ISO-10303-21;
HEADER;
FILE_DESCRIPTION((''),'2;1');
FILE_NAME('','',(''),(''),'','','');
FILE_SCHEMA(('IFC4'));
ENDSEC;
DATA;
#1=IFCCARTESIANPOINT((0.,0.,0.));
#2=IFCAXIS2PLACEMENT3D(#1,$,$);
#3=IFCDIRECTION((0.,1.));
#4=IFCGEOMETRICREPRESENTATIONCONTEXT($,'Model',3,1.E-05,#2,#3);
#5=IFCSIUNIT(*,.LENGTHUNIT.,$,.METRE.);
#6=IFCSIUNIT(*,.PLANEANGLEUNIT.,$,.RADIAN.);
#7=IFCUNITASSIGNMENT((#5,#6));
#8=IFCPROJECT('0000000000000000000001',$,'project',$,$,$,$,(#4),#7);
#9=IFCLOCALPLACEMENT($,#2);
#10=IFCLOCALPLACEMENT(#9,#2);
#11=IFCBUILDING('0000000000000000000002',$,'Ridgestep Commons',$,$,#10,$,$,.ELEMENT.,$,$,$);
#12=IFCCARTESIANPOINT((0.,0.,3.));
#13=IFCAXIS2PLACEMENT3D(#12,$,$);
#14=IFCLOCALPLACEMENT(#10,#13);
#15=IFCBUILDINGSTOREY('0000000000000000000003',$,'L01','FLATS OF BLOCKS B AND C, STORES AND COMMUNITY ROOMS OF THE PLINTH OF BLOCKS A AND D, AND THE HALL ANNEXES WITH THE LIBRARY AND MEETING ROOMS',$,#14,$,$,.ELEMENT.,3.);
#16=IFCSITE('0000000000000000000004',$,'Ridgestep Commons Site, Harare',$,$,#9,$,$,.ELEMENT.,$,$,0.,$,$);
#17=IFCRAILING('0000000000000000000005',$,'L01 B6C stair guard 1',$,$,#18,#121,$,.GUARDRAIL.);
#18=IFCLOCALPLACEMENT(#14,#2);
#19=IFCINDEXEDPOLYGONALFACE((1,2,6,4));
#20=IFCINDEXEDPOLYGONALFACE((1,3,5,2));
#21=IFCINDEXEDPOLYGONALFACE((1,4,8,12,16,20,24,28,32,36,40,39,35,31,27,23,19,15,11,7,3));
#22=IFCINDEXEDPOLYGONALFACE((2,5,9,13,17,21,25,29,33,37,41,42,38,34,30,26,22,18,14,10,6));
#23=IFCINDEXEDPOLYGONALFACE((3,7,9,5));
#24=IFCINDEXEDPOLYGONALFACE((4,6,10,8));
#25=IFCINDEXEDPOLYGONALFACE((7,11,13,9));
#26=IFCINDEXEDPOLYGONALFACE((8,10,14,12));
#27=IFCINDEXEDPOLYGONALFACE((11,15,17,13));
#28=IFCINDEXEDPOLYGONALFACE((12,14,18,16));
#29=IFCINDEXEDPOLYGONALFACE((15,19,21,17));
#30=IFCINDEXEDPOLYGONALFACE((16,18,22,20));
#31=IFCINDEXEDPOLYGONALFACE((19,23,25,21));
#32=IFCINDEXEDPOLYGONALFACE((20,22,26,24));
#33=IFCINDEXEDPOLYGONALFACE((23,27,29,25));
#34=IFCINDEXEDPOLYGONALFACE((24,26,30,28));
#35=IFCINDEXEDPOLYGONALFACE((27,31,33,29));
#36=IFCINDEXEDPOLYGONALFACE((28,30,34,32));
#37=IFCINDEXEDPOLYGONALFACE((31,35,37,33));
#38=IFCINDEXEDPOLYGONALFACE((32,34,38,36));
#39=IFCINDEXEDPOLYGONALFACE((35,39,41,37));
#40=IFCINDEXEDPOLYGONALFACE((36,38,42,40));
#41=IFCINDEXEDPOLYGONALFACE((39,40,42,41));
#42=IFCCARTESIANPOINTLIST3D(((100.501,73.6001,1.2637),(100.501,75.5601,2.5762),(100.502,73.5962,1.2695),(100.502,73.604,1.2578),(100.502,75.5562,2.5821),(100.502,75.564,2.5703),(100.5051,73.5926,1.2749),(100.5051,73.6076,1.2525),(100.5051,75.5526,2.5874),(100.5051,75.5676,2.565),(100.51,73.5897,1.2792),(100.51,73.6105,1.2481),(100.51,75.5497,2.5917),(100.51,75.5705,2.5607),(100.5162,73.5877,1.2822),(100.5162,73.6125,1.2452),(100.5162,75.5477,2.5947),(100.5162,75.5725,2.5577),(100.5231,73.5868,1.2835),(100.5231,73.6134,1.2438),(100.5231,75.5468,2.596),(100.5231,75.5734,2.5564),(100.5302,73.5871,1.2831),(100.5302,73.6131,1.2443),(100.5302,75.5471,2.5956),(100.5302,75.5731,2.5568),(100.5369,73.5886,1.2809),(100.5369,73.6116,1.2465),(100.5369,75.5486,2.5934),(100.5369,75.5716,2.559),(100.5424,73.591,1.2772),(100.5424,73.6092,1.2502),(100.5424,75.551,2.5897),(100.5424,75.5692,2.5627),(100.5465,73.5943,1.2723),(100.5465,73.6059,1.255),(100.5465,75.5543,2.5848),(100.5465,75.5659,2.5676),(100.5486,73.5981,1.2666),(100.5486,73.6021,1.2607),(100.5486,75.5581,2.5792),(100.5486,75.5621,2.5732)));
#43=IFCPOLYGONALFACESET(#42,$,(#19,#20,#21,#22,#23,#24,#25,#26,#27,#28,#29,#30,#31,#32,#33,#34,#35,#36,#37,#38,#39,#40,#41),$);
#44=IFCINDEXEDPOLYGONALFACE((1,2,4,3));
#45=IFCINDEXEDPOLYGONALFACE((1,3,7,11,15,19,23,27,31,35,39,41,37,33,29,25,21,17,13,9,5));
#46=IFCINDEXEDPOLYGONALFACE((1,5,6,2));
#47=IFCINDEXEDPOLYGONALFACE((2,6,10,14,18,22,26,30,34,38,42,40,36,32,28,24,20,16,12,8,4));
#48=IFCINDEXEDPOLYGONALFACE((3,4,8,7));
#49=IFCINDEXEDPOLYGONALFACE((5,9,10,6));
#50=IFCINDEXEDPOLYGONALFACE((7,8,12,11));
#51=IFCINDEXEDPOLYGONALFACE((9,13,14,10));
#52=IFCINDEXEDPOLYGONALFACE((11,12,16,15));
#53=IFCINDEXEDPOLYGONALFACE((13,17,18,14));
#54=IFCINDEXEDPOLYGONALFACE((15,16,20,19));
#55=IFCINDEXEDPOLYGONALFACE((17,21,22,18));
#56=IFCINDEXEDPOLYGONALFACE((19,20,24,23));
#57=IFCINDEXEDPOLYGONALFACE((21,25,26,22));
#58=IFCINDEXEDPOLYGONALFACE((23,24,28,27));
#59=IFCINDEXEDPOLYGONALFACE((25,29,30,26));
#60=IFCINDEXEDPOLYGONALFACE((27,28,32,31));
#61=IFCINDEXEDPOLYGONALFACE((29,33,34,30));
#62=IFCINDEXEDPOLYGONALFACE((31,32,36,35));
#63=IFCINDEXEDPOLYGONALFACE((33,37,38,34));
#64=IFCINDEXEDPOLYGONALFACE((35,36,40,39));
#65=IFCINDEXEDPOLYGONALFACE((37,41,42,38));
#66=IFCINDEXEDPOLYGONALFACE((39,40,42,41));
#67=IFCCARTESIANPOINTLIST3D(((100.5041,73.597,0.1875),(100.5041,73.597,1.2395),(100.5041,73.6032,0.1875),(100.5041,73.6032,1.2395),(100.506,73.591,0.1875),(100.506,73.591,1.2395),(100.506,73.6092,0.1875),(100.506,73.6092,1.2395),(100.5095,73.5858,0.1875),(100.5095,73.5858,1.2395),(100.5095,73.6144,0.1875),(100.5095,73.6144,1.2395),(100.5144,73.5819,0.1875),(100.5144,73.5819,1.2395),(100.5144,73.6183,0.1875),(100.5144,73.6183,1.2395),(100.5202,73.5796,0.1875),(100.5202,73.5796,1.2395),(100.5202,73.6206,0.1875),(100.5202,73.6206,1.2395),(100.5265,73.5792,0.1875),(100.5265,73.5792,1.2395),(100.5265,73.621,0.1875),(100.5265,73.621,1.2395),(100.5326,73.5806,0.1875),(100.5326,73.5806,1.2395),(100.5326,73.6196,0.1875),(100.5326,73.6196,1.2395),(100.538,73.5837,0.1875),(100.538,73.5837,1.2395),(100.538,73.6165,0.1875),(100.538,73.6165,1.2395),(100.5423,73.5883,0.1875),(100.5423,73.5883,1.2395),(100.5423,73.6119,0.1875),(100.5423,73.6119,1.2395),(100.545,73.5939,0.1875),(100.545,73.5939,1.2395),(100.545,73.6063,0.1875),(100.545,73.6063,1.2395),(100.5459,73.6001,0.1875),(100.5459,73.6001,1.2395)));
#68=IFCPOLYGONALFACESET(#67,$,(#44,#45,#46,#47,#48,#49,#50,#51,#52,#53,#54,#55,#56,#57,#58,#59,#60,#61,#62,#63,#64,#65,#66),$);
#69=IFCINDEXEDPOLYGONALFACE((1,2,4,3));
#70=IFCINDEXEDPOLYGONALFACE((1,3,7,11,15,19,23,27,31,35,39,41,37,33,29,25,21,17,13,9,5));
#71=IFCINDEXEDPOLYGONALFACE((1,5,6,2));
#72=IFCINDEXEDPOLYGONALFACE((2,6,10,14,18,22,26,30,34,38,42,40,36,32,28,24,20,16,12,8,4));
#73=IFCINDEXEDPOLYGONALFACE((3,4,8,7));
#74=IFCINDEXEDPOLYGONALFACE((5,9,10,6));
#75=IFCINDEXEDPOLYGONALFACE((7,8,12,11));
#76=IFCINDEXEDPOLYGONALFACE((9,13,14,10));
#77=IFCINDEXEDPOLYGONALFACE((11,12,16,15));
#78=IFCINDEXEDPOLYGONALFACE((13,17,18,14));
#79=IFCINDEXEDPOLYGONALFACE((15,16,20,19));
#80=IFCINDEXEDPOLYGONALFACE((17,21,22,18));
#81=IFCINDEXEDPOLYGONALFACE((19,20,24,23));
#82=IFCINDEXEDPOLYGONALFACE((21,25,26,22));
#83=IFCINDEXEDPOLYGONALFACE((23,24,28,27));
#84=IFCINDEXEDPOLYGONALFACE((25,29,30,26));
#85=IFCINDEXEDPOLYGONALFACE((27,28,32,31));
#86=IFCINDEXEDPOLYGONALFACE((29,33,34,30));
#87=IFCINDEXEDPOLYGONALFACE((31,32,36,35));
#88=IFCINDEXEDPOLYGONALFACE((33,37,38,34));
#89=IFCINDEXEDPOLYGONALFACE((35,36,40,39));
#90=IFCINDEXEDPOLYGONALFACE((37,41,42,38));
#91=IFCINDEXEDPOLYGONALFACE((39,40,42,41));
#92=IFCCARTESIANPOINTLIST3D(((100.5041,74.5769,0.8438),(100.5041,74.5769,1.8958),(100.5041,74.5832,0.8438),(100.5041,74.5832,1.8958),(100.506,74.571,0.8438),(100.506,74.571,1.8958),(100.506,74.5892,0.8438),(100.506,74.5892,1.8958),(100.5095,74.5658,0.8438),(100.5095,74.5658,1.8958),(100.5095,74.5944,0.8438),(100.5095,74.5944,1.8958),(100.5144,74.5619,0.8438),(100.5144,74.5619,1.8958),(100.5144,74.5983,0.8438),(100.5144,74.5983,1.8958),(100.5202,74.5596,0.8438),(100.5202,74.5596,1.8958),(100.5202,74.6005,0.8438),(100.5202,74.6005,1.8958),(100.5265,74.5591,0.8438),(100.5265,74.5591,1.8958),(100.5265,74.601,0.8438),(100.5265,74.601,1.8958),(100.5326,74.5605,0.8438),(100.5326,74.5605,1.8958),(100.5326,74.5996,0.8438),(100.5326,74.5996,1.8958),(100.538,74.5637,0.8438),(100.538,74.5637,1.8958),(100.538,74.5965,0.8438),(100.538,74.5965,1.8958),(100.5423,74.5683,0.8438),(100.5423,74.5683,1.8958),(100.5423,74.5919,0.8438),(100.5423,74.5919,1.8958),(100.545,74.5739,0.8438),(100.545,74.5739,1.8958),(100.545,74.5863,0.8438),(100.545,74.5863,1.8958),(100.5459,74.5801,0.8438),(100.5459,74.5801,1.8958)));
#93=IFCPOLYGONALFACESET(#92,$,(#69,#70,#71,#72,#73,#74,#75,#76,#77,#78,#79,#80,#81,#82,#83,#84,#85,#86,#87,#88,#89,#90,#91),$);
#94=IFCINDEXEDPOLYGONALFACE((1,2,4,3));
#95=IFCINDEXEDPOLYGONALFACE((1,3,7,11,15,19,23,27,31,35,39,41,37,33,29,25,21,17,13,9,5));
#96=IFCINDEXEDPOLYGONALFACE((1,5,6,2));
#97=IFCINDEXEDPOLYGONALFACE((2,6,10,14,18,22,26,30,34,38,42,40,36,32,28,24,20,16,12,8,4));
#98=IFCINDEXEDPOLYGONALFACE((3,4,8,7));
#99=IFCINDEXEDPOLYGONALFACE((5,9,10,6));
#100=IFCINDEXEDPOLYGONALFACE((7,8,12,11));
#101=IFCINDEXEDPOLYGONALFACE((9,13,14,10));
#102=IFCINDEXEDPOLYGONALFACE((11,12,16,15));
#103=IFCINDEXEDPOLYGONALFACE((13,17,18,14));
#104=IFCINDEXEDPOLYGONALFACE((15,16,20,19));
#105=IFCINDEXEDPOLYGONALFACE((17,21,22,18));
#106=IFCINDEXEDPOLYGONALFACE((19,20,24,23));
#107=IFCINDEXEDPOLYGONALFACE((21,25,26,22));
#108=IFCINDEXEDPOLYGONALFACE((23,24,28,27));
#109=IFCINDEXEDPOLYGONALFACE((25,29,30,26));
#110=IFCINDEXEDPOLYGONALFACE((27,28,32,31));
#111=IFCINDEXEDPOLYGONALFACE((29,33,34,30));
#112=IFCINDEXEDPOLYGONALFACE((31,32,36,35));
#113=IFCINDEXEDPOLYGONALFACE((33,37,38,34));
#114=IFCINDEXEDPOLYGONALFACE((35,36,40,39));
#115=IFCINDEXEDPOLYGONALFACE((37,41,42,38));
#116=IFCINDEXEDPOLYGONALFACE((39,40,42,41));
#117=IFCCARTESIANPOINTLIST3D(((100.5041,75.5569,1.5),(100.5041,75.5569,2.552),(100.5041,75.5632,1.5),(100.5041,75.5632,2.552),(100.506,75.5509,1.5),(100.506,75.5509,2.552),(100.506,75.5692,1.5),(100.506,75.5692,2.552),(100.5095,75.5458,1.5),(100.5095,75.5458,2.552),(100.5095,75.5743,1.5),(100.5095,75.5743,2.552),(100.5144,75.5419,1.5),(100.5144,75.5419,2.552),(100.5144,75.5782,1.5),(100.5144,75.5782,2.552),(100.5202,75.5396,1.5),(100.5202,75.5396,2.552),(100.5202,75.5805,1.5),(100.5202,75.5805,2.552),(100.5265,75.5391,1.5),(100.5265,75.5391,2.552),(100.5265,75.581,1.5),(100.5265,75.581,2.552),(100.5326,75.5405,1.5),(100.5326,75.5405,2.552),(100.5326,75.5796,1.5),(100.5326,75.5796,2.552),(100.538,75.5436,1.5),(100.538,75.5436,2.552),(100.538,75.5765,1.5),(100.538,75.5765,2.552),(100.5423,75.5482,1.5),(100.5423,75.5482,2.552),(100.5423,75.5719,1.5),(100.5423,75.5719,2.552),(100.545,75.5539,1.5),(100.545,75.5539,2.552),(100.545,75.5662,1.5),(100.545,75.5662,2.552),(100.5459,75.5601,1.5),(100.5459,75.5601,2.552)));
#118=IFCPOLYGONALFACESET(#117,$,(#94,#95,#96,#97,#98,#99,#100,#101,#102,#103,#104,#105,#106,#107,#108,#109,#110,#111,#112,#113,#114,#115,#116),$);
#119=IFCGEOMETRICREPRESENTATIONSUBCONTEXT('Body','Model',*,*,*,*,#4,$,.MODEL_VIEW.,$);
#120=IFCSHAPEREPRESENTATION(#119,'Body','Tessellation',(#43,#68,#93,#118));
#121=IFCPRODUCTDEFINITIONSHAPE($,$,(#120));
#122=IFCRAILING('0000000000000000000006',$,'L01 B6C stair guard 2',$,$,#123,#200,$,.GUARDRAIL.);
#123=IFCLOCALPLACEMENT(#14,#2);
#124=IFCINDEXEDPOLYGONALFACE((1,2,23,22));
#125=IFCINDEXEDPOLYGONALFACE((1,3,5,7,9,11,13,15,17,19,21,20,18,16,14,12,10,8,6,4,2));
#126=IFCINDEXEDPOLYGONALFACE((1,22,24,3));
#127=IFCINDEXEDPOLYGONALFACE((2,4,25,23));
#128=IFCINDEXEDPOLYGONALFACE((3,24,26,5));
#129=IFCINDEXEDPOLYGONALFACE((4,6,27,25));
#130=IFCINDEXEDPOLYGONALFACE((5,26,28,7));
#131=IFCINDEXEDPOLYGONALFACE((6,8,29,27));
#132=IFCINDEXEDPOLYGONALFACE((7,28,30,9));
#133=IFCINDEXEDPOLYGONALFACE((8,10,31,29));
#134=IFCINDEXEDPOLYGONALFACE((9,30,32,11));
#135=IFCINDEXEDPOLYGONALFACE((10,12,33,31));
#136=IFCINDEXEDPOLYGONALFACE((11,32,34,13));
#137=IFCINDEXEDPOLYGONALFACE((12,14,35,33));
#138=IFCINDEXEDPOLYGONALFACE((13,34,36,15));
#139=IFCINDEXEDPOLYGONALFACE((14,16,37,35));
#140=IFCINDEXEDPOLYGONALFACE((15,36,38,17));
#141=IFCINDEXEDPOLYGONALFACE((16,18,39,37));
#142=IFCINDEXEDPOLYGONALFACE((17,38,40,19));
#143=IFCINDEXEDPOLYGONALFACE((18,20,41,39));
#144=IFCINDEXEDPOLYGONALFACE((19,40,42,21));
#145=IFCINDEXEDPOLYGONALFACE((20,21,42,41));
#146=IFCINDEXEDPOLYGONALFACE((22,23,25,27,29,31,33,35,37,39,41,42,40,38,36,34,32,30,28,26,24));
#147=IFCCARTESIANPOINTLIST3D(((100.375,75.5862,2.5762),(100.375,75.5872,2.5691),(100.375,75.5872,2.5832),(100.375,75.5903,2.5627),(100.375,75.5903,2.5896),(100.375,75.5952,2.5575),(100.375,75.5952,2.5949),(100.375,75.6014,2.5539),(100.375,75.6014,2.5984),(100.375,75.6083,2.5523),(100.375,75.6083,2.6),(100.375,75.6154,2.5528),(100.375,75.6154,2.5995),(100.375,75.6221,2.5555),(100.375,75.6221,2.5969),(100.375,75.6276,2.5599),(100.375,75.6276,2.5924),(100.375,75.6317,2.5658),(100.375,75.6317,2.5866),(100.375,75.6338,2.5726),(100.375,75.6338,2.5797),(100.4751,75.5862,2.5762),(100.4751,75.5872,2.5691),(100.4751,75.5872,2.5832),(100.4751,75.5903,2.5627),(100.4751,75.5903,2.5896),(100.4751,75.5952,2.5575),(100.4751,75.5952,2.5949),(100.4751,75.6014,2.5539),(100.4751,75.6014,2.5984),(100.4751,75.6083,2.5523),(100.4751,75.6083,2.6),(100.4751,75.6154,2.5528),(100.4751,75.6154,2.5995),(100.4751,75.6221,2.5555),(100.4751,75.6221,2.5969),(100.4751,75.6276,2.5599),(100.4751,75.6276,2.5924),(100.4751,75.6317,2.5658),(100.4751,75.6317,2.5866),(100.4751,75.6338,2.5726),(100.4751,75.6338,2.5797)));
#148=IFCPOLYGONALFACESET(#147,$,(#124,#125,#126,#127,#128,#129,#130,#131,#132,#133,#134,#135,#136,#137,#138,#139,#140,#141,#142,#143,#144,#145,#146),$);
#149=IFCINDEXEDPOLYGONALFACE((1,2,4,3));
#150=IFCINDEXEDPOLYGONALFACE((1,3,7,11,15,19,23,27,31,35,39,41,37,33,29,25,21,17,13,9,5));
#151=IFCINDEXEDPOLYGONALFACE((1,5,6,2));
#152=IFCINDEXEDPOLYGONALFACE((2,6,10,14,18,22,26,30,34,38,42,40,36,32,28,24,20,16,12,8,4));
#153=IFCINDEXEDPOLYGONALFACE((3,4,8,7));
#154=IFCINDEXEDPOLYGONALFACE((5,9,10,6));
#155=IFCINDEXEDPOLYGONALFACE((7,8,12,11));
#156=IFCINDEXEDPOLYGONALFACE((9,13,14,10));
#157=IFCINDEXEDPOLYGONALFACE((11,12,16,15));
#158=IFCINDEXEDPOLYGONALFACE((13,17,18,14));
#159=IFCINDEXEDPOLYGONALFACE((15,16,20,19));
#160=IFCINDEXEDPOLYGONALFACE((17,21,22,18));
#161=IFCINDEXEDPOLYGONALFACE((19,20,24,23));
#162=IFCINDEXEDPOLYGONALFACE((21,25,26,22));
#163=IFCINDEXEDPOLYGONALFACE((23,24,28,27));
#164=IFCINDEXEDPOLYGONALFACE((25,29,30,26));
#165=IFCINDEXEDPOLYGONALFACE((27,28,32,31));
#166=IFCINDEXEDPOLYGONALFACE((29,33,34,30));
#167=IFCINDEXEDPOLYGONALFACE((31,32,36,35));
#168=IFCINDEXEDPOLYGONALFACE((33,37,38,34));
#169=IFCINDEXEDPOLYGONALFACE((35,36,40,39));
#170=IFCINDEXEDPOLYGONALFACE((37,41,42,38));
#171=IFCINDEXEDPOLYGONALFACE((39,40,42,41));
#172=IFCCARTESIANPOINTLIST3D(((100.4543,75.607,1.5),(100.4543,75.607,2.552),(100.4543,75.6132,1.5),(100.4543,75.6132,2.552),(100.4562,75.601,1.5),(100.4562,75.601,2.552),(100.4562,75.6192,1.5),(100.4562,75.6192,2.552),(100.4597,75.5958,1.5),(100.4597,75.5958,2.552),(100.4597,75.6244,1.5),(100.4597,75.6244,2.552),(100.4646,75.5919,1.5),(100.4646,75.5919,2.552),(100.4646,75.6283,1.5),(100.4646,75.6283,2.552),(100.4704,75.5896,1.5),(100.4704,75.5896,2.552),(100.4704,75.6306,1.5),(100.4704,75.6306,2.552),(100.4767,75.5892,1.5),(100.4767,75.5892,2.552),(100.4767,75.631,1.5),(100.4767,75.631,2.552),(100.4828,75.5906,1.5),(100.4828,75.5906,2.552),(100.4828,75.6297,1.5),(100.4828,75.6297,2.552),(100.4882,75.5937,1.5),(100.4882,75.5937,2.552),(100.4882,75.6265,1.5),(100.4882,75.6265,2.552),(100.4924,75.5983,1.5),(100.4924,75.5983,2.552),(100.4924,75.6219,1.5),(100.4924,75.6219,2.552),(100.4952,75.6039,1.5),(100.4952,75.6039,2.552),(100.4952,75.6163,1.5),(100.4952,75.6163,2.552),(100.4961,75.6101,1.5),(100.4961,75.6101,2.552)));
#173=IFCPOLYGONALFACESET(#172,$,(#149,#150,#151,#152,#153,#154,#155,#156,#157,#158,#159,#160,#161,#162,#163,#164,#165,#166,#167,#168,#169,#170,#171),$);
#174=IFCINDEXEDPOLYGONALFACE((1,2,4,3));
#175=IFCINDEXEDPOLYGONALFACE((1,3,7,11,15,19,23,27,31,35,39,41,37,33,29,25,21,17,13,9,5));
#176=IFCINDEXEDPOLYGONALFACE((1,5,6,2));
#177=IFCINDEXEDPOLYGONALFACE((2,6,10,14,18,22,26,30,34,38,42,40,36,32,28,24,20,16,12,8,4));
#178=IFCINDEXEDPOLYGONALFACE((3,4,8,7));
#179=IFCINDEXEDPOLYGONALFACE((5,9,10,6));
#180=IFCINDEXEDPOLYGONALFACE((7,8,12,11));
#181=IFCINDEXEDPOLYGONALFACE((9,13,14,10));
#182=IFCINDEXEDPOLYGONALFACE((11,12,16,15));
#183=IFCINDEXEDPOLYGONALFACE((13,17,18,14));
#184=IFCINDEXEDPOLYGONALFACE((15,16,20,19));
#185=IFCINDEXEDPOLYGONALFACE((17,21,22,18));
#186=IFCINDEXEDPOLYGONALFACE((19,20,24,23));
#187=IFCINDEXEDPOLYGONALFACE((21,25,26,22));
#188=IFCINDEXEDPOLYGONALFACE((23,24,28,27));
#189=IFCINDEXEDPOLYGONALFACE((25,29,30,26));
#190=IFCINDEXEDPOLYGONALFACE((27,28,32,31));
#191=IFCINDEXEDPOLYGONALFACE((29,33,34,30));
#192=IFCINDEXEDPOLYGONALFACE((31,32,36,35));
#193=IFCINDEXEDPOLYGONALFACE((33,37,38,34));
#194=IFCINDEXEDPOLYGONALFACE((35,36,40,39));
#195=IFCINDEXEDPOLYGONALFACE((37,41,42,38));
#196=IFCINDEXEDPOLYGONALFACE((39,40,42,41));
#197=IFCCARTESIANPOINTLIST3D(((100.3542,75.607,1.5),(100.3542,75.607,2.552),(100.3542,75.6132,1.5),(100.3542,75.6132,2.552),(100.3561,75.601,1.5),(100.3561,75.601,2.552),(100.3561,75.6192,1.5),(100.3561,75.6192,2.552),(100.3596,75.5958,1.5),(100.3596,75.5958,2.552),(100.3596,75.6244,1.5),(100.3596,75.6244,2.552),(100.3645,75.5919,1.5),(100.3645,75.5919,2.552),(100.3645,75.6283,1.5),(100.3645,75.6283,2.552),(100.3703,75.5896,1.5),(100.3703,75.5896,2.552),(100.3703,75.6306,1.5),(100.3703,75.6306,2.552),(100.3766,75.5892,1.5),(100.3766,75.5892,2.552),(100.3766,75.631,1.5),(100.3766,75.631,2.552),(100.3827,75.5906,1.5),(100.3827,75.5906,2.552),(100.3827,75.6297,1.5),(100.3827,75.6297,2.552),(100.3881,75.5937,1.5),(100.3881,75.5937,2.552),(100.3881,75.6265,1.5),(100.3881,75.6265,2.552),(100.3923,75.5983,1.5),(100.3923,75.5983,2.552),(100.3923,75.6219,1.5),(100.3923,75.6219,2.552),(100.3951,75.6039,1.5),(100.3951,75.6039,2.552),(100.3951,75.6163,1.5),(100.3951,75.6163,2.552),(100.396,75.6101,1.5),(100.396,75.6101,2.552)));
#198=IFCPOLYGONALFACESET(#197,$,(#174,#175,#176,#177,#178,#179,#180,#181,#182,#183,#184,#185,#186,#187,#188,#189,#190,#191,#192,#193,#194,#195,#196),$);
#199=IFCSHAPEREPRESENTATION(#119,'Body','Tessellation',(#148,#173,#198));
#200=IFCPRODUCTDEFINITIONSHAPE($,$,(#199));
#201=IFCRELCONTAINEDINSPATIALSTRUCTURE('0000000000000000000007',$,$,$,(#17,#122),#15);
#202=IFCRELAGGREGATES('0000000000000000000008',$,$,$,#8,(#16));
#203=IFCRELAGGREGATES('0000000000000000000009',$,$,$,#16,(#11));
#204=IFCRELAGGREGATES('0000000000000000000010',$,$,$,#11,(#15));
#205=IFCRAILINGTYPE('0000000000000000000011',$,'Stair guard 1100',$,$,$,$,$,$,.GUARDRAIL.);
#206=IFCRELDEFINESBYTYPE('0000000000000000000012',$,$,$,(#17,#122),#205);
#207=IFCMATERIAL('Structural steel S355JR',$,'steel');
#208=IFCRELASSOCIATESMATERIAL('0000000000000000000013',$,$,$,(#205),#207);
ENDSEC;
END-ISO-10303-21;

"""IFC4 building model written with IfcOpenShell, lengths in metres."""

from ifc_helpers import new_model, si_unit, direction, frame, origin, origin_2d, place, context, subcontext, project, spatial, circle, extrude, material, type_object, element, save


model = new_model("IFC4")

# Units and contexts
model_context = context("Model", 3, precision=1e-05, world=origin(), true_north=direction((0.0, 1.0)))
body_context = subcontext(model_context, "Body", "Model", "MODEL_VIEW")
ifc_project = project(units=[si_unit("LENGTHUNIT", "METRE"), si_unit("PLANEANGLEUNIT", "RADIAN")], contexts=[model_context])

# Site, building, storey
site_placement = place(None, origin())
site = spatial("IfcSite", under=ifc_project, at=site_placement, Name="Ridgestep Commons Site, Harare", CompositionType="ELEMENT", RefElevation=0.0)
building_placement = place(site_placement, origin())
building = spatial("IfcBuilding", under=site, at=building_placement, Name="Ridgestep Commons", CompositionType="ELEMENT")
storey_placement = place(building_placement, frame((0.0, 0.0, 3.0)))
storey = spatial("IfcBuildingStorey", under=building, at=storey_placement, Name="L01", Description="FLATS OF BLOCKS B AND C, STORES AND COMMUNITY ROOMS OF THE PLINTH OF BLOCKS A AND D, AND THE HALL ANNEXES WITH THE LIBRARY AND MEETING ROOMS", CompositionType="ELEMENT", Elevation=3.0)

# Railings
ifc_material_1 = material(Name="Structural steel S355JR", Category="steel")
railing_type_1 = type_object("IfcRailingType", Name="Stair guard 1100", PredefinedType="GUARDRAIL", material=ifc_material_1)
railing_1_placement = place(storey_placement, frame((100.5249, 73.6001, 0.1875)))
element("IfcRailing", 1, at=railing_1_placement, inside=storey, type_object=railing_type_1, Name="L01 B6C stair guard 1", PredefinedType="GUARDRAIL", context=body_context, shape_type="SweptSolid", body=[
    extrude(circle(Radius=0.0239, at=origin_2d()), frame((0.0, 0.0, 1.0762), z_axis=(0.0, 0.830902, 0.556419), x_axis=(-1.0, 0.0, 0.0)), (0.0, 0.0, 1.0), 2.3589),
    extrude(circle(Radius=0.021, at=origin_2d()), origin(), (0.0, 0.0, 1.0), 1.052),
    extrude(circle(Radius=0.021, at=origin_2d()), frame((0.0, 0.98, 0.6562)), (0.0, 0.0, 1.0), 1.052),
    extrude(circle(Radius=0.021, at=origin_2d()), frame((0.0, 1.96, 1.3125)), (0.0, 0.0, 1.0), 1.052),
])
railing_2_placement = place(storey_placement, frame((100.4751, 75.6101, 1.5)))
element("IfcRailing", 2, at=railing_2_placement, inside=storey, type_object=railing_type_1, Name="L01 B6C stair guard 2", PredefinedType="GUARDRAIL", context=body_context, shape_type="SweptSolid", body=[
    extrude(circle(Radius=0.0239, at=origin_2d()), frame((0.0, 0.0, 1.0762), z_axis=(-1.0, 0.0, 0.0), x_axis=(0.0, -1.0, 0.0)), (0.0, 0.0, 1.0), 0.1001),
    extrude(circle(Radius=0.021, at=origin_2d()), origin(), (0.0, 0.0, 1.0), 1.052),
    extrude(circle(Radius=0.021, at=origin_2d()), frame((-0.1001, 0.0, 0.0)), (0.0, 0.0, 1.0), 1.052),
])

save(model, "model.ifc")
